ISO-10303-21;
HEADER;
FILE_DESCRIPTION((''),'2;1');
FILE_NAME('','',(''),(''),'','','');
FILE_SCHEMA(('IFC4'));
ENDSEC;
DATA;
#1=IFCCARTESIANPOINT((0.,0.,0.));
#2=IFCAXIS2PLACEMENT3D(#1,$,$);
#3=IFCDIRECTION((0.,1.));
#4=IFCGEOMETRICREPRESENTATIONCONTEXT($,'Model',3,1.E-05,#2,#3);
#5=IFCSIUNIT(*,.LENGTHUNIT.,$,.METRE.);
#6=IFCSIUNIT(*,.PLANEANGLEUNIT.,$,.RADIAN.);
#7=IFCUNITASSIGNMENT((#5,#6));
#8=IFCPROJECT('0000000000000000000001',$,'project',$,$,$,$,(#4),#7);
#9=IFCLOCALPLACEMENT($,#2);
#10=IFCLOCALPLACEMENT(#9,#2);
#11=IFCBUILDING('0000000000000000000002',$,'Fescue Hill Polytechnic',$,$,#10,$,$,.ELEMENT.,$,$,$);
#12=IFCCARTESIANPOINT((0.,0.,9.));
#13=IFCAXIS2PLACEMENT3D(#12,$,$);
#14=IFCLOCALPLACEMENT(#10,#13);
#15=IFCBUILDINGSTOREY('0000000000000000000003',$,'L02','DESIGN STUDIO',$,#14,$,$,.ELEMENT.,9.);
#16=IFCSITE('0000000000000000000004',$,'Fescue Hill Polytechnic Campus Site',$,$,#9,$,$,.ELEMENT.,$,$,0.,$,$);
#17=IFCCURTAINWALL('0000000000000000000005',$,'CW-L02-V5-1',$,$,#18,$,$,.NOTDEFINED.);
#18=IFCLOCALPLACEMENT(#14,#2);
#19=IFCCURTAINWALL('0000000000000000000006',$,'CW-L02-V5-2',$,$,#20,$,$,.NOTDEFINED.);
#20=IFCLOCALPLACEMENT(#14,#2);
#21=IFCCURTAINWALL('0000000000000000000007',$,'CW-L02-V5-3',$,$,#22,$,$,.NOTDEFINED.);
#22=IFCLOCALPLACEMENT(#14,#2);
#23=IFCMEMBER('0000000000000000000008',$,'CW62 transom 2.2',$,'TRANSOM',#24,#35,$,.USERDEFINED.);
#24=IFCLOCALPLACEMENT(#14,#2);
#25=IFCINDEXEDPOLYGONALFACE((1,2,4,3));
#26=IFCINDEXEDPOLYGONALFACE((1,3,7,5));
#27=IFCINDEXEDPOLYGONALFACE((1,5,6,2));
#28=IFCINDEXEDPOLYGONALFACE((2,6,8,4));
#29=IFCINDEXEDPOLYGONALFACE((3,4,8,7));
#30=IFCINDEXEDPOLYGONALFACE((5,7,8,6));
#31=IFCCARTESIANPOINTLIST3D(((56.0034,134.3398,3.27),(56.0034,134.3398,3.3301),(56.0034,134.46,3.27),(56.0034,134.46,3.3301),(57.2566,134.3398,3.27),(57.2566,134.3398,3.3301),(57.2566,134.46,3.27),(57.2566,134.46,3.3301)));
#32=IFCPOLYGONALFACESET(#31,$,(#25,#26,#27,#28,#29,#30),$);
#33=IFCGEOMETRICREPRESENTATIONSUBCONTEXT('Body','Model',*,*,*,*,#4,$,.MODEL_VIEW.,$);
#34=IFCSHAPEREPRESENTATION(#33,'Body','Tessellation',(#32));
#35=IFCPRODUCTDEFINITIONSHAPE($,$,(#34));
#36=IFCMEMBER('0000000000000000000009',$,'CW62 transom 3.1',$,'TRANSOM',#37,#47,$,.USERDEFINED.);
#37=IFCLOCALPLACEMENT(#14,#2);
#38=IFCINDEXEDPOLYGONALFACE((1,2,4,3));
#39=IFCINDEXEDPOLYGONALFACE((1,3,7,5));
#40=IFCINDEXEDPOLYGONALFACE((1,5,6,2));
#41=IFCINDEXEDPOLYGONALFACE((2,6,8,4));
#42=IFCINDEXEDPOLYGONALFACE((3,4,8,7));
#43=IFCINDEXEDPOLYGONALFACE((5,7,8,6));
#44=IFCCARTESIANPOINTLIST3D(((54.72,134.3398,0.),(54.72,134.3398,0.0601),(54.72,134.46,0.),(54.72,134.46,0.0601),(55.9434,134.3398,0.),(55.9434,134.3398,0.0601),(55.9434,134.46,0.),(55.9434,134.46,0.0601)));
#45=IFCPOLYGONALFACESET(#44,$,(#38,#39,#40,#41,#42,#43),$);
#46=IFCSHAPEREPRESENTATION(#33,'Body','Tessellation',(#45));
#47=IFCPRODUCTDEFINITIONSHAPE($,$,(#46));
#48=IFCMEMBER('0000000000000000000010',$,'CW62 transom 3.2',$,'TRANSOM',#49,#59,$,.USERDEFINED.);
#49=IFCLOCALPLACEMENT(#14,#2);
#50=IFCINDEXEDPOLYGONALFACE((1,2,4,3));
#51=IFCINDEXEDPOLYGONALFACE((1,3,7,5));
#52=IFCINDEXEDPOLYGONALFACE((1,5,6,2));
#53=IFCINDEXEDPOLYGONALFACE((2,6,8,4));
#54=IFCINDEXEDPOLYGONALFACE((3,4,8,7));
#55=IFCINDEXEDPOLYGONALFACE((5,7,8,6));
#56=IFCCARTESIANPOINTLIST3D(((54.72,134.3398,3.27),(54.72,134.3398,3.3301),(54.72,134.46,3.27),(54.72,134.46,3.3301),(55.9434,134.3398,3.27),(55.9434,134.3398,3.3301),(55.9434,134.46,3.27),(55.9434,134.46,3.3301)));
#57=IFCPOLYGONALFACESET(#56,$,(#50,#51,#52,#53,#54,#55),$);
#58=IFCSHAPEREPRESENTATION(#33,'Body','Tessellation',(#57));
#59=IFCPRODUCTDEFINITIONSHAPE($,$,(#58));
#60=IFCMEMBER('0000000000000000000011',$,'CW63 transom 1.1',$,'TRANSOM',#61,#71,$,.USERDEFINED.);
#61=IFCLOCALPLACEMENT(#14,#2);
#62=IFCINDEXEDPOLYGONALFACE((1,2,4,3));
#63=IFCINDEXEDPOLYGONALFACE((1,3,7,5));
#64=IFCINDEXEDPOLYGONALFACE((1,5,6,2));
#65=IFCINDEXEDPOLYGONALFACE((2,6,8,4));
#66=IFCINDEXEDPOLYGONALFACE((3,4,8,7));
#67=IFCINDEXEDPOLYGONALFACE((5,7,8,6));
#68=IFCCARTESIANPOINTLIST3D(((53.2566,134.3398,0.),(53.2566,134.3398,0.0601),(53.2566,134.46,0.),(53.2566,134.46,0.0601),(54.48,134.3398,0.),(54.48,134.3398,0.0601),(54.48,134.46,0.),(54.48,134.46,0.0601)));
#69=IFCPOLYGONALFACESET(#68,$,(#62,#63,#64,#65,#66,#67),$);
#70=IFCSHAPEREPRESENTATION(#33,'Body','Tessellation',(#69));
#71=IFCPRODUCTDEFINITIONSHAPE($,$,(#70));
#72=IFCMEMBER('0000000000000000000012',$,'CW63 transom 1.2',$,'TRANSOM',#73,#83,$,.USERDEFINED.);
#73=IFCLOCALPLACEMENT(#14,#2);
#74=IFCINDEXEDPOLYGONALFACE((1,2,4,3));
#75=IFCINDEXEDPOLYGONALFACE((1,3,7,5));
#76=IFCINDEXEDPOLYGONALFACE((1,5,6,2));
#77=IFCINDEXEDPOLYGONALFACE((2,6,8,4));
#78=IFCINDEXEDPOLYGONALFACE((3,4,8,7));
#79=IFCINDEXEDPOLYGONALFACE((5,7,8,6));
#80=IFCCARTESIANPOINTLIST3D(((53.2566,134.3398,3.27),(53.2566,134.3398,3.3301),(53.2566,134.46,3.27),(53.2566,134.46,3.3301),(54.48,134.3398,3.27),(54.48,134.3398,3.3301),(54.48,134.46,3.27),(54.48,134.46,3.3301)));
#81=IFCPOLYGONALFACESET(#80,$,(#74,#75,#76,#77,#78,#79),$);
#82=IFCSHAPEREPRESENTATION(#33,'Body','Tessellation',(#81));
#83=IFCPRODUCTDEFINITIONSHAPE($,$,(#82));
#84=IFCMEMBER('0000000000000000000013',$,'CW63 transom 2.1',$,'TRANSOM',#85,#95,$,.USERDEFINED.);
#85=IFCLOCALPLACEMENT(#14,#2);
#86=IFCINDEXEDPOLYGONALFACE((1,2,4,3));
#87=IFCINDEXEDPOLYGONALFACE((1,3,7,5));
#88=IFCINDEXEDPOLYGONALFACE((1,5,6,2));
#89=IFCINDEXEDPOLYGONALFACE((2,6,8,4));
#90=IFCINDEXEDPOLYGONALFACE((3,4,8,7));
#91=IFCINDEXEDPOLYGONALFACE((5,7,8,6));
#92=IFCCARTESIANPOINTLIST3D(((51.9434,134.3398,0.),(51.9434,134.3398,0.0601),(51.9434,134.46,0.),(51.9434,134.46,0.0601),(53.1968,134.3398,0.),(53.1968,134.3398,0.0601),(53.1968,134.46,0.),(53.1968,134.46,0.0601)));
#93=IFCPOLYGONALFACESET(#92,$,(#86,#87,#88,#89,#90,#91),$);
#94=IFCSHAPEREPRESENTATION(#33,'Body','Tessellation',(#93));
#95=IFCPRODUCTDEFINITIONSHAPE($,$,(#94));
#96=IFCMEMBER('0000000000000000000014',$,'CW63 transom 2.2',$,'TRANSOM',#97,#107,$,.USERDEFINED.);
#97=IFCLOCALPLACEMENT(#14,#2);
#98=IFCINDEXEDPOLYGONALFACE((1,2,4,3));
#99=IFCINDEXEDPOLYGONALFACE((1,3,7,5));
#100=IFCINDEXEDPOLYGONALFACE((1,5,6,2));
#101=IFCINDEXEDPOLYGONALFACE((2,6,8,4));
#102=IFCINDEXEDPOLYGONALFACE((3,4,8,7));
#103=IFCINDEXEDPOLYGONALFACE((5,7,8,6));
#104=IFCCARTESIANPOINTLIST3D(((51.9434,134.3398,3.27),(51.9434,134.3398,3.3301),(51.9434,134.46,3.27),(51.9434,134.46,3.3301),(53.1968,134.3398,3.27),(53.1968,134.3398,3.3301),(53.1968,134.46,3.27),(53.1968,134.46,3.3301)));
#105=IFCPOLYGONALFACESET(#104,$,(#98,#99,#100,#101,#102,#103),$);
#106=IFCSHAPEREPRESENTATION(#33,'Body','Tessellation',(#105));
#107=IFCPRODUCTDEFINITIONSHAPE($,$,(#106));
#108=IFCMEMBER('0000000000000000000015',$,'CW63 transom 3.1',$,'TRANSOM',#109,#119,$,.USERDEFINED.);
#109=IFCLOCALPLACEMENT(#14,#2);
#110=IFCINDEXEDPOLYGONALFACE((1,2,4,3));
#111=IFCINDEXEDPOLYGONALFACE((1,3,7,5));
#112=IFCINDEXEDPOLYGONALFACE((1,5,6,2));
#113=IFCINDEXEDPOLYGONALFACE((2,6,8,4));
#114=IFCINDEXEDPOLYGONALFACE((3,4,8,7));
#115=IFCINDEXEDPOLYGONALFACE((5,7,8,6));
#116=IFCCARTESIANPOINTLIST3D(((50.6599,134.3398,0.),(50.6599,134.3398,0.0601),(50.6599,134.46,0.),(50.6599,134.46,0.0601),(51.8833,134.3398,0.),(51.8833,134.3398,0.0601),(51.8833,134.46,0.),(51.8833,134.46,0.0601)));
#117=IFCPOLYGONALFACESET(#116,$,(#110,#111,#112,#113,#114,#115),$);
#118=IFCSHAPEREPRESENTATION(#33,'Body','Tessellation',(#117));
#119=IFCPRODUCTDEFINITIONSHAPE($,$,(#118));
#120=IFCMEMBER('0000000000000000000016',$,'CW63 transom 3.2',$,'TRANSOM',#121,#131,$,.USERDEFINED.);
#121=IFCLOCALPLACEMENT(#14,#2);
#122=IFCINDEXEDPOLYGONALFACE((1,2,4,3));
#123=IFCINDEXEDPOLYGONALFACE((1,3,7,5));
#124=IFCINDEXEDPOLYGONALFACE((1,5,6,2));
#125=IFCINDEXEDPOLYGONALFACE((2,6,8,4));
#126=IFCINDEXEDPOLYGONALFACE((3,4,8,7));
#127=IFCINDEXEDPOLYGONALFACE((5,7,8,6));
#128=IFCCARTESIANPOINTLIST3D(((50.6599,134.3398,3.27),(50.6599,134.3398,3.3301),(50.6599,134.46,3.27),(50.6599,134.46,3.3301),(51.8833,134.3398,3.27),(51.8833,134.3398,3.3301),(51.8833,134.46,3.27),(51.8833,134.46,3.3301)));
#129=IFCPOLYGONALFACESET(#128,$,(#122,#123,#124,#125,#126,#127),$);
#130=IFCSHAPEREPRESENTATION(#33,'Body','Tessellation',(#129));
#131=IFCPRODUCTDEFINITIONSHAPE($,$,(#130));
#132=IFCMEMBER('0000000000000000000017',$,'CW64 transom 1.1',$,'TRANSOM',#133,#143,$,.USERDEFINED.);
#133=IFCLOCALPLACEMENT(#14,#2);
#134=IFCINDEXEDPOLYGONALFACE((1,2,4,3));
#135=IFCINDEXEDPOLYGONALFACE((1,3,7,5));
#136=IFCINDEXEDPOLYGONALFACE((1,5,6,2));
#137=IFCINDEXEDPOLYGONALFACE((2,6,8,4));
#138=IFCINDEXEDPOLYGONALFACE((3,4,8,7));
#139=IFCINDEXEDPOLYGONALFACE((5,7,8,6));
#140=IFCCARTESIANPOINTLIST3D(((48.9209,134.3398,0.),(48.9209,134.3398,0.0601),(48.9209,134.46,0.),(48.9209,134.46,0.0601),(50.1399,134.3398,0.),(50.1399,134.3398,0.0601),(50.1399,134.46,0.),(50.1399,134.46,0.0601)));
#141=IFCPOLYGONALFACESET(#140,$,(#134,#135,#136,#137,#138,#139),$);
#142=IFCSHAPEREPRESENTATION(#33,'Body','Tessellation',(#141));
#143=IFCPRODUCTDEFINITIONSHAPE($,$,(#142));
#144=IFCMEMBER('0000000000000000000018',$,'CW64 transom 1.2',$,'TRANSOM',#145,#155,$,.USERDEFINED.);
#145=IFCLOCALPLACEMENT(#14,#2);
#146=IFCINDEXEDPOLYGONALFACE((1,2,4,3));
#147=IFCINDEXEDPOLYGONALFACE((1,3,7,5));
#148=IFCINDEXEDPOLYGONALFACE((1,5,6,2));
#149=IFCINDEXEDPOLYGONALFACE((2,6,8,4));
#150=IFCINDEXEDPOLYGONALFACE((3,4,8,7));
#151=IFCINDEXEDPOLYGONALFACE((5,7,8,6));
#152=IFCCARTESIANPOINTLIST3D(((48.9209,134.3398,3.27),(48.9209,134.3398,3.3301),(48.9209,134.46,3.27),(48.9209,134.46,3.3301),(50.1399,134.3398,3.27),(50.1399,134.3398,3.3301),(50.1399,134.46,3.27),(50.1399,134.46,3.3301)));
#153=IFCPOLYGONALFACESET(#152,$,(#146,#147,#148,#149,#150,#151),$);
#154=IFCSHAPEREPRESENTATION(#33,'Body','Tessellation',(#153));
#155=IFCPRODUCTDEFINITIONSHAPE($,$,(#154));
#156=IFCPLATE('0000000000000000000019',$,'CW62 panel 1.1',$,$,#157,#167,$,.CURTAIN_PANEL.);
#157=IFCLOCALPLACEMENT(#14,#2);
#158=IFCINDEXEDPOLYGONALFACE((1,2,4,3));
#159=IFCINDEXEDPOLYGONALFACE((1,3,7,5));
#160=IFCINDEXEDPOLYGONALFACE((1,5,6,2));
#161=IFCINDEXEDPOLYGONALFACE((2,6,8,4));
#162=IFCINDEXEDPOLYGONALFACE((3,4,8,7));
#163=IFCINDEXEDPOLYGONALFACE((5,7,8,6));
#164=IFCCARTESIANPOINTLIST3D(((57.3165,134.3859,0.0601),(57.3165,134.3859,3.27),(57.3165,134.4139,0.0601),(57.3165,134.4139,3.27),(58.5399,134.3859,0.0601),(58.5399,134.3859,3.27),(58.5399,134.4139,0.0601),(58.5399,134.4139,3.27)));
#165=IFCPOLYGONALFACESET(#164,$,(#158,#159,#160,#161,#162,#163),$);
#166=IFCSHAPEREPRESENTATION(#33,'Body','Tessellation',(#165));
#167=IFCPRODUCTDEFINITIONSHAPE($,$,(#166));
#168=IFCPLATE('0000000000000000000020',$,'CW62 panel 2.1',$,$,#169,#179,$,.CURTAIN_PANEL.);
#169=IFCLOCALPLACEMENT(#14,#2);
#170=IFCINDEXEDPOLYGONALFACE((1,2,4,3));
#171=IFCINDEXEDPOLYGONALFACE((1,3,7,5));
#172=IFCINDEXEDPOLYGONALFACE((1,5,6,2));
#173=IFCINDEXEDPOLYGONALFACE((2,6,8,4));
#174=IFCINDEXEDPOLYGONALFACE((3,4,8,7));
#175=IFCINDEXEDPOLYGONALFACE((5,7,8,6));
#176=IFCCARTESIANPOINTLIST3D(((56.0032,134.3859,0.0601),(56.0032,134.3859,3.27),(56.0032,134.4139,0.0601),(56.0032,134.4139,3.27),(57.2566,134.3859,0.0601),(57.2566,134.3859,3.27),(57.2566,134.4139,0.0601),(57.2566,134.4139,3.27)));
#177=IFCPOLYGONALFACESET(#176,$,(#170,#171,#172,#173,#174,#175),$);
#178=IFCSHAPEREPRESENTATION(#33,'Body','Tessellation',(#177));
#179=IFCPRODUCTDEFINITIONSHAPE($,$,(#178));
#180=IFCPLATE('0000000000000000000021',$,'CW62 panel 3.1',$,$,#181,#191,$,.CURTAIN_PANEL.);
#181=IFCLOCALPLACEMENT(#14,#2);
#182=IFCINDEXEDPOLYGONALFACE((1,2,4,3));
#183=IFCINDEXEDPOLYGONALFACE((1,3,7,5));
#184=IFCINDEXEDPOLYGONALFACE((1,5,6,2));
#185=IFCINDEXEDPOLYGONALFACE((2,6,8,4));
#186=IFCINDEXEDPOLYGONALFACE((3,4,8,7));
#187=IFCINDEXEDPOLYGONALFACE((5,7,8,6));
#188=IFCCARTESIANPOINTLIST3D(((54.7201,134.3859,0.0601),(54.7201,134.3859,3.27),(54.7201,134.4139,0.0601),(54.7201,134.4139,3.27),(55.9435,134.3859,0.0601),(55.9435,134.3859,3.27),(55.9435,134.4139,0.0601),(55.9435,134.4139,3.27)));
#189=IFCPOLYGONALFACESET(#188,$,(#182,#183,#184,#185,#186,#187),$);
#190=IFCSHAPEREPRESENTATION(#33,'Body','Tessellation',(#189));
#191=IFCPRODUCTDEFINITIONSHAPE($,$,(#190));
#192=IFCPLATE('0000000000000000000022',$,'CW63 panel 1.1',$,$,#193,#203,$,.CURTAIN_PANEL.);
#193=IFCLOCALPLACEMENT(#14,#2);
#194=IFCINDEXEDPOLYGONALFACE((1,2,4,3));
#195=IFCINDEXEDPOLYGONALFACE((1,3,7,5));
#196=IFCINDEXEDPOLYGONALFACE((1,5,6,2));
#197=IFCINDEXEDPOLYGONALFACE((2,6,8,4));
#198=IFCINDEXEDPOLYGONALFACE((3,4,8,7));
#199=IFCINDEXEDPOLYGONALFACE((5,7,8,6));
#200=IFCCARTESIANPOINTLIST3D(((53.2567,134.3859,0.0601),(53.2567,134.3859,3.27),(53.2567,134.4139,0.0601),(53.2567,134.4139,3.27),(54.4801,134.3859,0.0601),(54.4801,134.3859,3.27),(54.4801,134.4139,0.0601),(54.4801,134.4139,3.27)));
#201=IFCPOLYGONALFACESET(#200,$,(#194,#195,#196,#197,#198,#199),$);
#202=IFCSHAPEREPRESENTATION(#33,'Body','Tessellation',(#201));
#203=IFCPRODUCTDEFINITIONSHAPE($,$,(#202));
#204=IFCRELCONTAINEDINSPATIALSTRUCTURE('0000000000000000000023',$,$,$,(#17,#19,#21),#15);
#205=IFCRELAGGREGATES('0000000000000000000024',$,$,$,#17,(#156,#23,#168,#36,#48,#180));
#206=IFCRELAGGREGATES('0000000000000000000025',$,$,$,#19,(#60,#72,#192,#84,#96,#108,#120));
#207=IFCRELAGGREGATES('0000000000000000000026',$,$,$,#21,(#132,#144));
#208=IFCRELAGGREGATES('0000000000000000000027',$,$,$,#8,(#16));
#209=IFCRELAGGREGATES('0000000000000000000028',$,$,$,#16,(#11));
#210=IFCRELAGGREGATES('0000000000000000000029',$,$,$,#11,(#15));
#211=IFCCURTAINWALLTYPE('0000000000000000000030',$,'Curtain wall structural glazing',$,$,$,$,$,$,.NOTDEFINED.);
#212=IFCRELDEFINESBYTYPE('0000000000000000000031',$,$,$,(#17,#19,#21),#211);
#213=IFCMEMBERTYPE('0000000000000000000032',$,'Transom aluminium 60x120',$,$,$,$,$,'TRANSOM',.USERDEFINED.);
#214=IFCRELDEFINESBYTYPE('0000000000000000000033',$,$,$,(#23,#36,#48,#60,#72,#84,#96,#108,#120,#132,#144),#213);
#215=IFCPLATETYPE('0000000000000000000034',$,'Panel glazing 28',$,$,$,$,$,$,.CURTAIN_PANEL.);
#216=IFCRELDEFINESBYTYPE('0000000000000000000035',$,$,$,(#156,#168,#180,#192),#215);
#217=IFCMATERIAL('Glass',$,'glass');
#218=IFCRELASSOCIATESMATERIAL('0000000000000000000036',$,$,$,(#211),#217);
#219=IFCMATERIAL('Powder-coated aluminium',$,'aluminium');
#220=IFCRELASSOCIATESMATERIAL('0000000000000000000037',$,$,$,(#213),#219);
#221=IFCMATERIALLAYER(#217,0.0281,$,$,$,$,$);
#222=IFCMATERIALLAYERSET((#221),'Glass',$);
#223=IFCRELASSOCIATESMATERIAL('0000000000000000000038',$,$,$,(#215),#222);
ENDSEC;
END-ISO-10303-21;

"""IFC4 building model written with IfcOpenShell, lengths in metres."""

from ifc_helpers import new_model, si_unit, direction, frame, origin, origin_2d, place, context, subcontext, project, spatial, rectangle, extrude, material, layer, layer_set, material_profile, profile_set, type_object, element, aggregate, save


model = new_model("IFC4")

# Units and contexts
model_context = context("Model", 3, precision=1e-05, world=origin(), true_north=direction((0.0, 1.0)))
body_context = subcontext(model_context, "Body", "Model", "MODEL_VIEW")
ifc_project = project(units=[si_unit("LENGTHUNIT", "METRE"), si_unit("PLANEANGLEUNIT", "RADIAN")], contexts=[model_context])

# Site, building, storey
site_placement = place(None, origin())
site = spatial("IfcSite", under=ifc_project, at=site_placement, Name="Fescue Hill Polytechnic Campus Site", CompositionType="ELEMENT", RefElevation=0.0)
building_placement = place(site_placement, origin())
building = spatial("IfcBuilding", under=site, at=building_placement, Name="Fescue Hill Polytechnic", CompositionType="ELEMENT")
storey_placement = place(building_placement, frame((0.0, 0.0, 9.0)))
storey = spatial("IfcBuildingStorey", under=building, at=storey_placement, Name="L02", Description="DESIGN STUDIO", CompositionType="ELEMENT", Elevation=9.0)

# Curtain walls
ifc_material_1 = material(Name="Glass", Category="glass")
curtain_wall_type = type_object("IfcCurtainWallType", Name="Curtain wall structural glazing", PredefinedType="NOTDEFINED", material=ifc_material_1)
curtain_wall_1_placement = place(storey_placement, origin())
curtain_wall_1 = element("IfcCurtainWall", 1, at=curtain_wall_1_placement, inside=storey, type_object=curtain_wall_type, Name="CW-L02-V5-1", PredefinedType="NOTDEFINED")
ifc_material_2 = material(Name="Powder-coated aluminium", Category="aluminium")
curtain_wall_2_placement = place(storey_placement, origin())
curtain_wall_2 = element("IfcCurtainWall", 2, at=curtain_wall_2_placement, inside=storey, type_object=curtain_wall_type, Name="CW-L02-V5-2", PredefinedType="NOTDEFINED")
curtain_wall_3_placement = place(storey_placement, origin())
curtain_wall_3 = element("IfcCurtainWall", 3, at=curtain_wall_3_placement, inside=storey, type_object=curtain_wall_type, Name="CW-L02-V5-3", PredefinedType="NOTDEFINED")

# Members
ifc_material_profile_1 = material_profile(ifc_material_2, rectangle(XDim=0.1201, YDim=0.0601, at=origin_2d()), Name="Transom aluminium 60x120")
ifc_profile_set_1 = profile_set([ifc_material_profile_1], Name="Powder-coated aluminium")
member_type_1 = type_object("IfcMemberType", Name="Transom aluminium 60x120", ElementType="TRANSOM", PredefinedType="USERDEFINED", material=ifc_profile_set_1)
member_1_placement = place(storey_placement, frame((57.2566, 134.3999, 3.3), z_axis=(-1.0, 0.0, 0.0), x_axis=(0.0, -1.0, 0.0)))
member_1 = element("IfcMember", 4, at=member_1_placement, type_object=member_type_1, Name="CW62 transom 2.2", ObjectType="TRANSOM", PredefinedType="USERDEFINED", context=body_context, shape_type="SweptSolid", body=[
    extrude(rectangle(XDim=0.1201, YDim=0.0601, at=origin_2d()), origin(), (0.0, 0.0, 1.0), 1.2532),
])
member_2_placement = place(storey_placement, frame((55.9434, 134.3999, 0.03), z_axis=(-1.0, 0.0, 0.0), x_axis=(0.0, -1.0, 0.0)))
member_2 = element("IfcMember", 5, at=member_2_placement, type_object=member_type_1, Name="CW62 transom 3.1", ObjectType="TRANSOM", PredefinedType="USERDEFINED", context=body_context, shape_type="SweptSolid", body=[
    extrude(rectangle(XDim=0.1201, YDim=0.0601, at=origin_2d()), origin(), (0.0, 0.0, 1.0), 1.2234),
])
member_3_placement = place(storey_placement, frame((55.9434, 134.3999, 3.3), z_axis=(-1.0, 0.0, 0.0), x_axis=(0.0, -1.0, 0.0)))
member_3 = element("IfcMember", 6, at=member_3_placement, type_object=member_type_1, Name="CW62 transom 3.2", ObjectType="TRANSOM", PredefinedType="USERDEFINED", context=body_context, shape_type="SweptSolid", body=[
    extrude(rectangle(XDim=0.1201, YDim=0.0601, at=origin_2d()), origin(), (0.0, 0.0, 1.0), 1.2234),
])
member_4_placement = place(storey_placement, frame((54.48, 134.3999, 0.03), z_axis=(-1.0, 0.0, 0.0), x_axis=(0.0, -1.0, 0.0)))
member_4 = element("IfcMember", 7, at=member_4_placement, type_object=member_type_1, Name="CW63 transom 1.1", ObjectType="TRANSOM", PredefinedType="USERDEFINED", context=body_context, shape_type="SweptSolid", body=[
    extrude(rectangle(XDim=0.1201, YDim=0.0601, at=origin_2d()), origin(), (0.0, 0.0, 1.0), 1.2234),
])
member_5_placement = place(storey_placement, frame((54.48, 134.3999, 3.3), z_axis=(-1.0, 0.0, 0.0), x_axis=(0.0, -1.0, 0.0)))
member_5 = element("IfcMember", 8, at=member_5_placement, type_object=member_type_1, Name="CW63 transom 1.2", ObjectType="TRANSOM", PredefinedType="USERDEFINED", context=body_context, shape_type="SweptSolid", body=[
    extrude(rectangle(XDim=0.1201, YDim=0.0601, at=origin_2d()), origin(), (0.0, 0.0, 1.0), 1.2234),
])
member_6_placement = place(storey_placement, frame((53.1968, 134.3999, 0.03), z_axis=(-1.0, 0.0, 0.0), x_axis=(0.0, -1.0, 0.0)))
member_6 = element("IfcMember", 9, at=member_6_placement, type_object=member_type_1, Name="CW63 transom 2.1", ObjectType="TRANSOM", PredefinedType="USERDEFINED", context=body_context, shape_type="SweptSolid", body=[
    extrude(rectangle(XDim=0.1201, YDim=0.0601, at=origin_2d()), origin(), (0.0, 0.0, 1.0), 1.2534),
])
member_7_placement = place(storey_placement, frame((53.1968, 134.3999, 3.3), z_axis=(-1.0, 0.0, 0.0), x_axis=(0.0, -1.0, 0.0)))
member_7 = element("IfcMember", 10, at=member_7_placement, type_object=member_type_1, Name="CW63 transom 2.2", ObjectType="TRANSOM", PredefinedType="USERDEFINED", context=body_context, shape_type="SweptSolid", body=[
    extrude(rectangle(XDim=0.1201, YDim=0.0601, at=origin_2d()), origin(), (0.0, 0.0, 1.0), 1.2534),
])
member_8_placement = place(storey_placement, frame((51.8833, 134.3999, 0.03), z_axis=(-1.0, 0.0, 0.0), x_axis=(0.0, -1.0, 0.0)))
member_8 = element("IfcMember", 11, at=member_8_placement, type_object=member_type_1, Name="CW63 transom 3.1", ObjectType="TRANSOM", PredefinedType="USERDEFINED", context=body_context, shape_type="SweptSolid", body=[
    extrude(rectangle(XDim=0.1201, YDim=0.0601, at=origin_2d()), origin(), (0.0, 0.0, 1.0), 1.2234),
])
member_9_placement = place(storey_placement, frame((51.8833, 134.3999, 3.3), z_axis=(-1.0, 0.0, 0.0), x_axis=(0.0, -1.0, 0.0)))
member_9 = element("IfcMember", 12, at=member_9_placement, type_object=member_type_1, Name="CW63 transom 3.2", ObjectType="TRANSOM", PredefinedType="USERDEFINED", context=body_context, shape_type="SweptSolid", body=[
    extrude(rectangle(XDim=0.1201, YDim=0.0601, at=origin_2d()), origin(), (0.0, 0.0, 1.0), 1.2234),
])
member_10_placement = place(storey_placement, frame((50.1399, 134.3999, 0.03), z_axis=(-1.0, 0.0, 0.0), x_axis=(0.0, -1.0, 0.0)))
member_10 = element("IfcMember", 13, at=member_10_placement, type_object=member_type_1, Name="CW64 transom 1.1", ObjectType="TRANSOM", PredefinedType="USERDEFINED", context=body_context, shape_type="SweptSolid", body=[
    extrude(rectangle(XDim=0.1201, YDim=0.0601, at=origin_2d()), origin(), (0.0, 0.0, 1.0), 1.219),
])
member_11_placement = place(storey_placement, frame((50.1399, 134.3999, 3.3), z_axis=(-1.0, 0.0, 0.0), x_axis=(0.0, -1.0, 0.0)))
member_11 = element("IfcMember", 14, at=member_11_placement, type_object=member_type_1, Name="CW64 transom 1.2", ObjectType="TRANSOM", PredefinedType="USERDEFINED", context=body_context, shape_type="SweptSolid", body=[
    extrude(rectangle(XDim=0.1201, YDim=0.0601, at=origin_2d()), origin(), (0.0, 0.0, 1.0), 1.219),
])

# Plates
ifc_layer_1 = layer(ifc_material_1, 0.0281)
ifc_layer_set_1 = layer_set([ifc_layer_1], Name="Glass")
plate_type = type_object("IfcPlateType", Name="Panel glazing 28", PredefinedType="CURTAIN_PANEL", material=ifc_layer_set_1)
plate_1_placement = place(storey_placement, frame((57.9282, 134.3999, 0.0601), z_axis=(0.0, 0.0, 1.0), x_axis=(-1.0, 0.0, 0.0)))
plate_1 = element("IfcPlate", 15, at=plate_1_placement, type_object=plate_type, Name="CW62 panel 1.1", PredefinedType="CURTAIN_PANEL", context=body_context, shape_type="SweptSolid", body=[
    extrude(rectangle(XDim=1.2234, YDim=0.0281, at=origin_2d()), origin(), (0.0, 0.0, 1.0), 3.21),
])
plate_2_placement = place(storey_placement, frame((56.6299, 134.3999, 0.0601), z_axis=(0.0, 0.0, 1.0), x_axis=(-1.0, 0.0, 0.0)))
plate_2 = element("IfcPlate", 16, at=plate_2_placement, type_object=plate_type, Name="CW62 panel 2.1", PredefinedType="CURTAIN_PANEL", context=body_context, shape_type="SweptSolid", body=[
    extrude(rectangle(XDim=1.2534, YDim=0.0281, at=origin_2d()), origin(), (0.0, 0.0, 1.0), 3.21),
])
plate_3_placement = place(storey_placement, frame((55.3318, 134.3999, 0.0601), z_axis=(0.0, 0.0, 1.0), x_axis=(-1.0, 0.0, 0.0)))
plate_3 = element("IfcPlate", 17, at=plate_3_placement, type_object=plate_type, Name="CW62 panel 3.1", PredefinedType="CURTAIN_PANEL", context=body_context, shape_type="SweptSolid", body=[
    extrude(rectangle(XDim=1.2234, YDim=0.0281, at=origin_2d()), origin(), (0.0, 0.0, 1.0), 3.21),
])
aggregate(curtain_wall_1, [plate_1, member_1, plate_2, member_2, member_3, plate_3])
plate_4_placement = place(storey_placement, frame((53.8684, 134.3999, 0.0601), z_axis=(0.0, 0.0, 1.0), x_axis=(-1.0, 0.0, 0.0)))
plate_4 = element("IfcPlate", 18, at=plate_4_placement, type_object=plate_type, Name="CW63 panel 1.1", PredefinedType="CURTAIN_PANEL", context=body_context, shape_type="SweptSolid", body=[
    extrude(rectangle(XDim=1.2234, YDim=0.0281, at=origin_2d()), origin(), (0.0, 0.0, 1.0), 3.21),
])
aggregate(curtain_wall_2, [member_4, member_5, plate_4, member_6, member_7, member_8, member_9])
aggregate(curtain_wall_3, [member_10, member_11])

save(model, "model.ifc")
